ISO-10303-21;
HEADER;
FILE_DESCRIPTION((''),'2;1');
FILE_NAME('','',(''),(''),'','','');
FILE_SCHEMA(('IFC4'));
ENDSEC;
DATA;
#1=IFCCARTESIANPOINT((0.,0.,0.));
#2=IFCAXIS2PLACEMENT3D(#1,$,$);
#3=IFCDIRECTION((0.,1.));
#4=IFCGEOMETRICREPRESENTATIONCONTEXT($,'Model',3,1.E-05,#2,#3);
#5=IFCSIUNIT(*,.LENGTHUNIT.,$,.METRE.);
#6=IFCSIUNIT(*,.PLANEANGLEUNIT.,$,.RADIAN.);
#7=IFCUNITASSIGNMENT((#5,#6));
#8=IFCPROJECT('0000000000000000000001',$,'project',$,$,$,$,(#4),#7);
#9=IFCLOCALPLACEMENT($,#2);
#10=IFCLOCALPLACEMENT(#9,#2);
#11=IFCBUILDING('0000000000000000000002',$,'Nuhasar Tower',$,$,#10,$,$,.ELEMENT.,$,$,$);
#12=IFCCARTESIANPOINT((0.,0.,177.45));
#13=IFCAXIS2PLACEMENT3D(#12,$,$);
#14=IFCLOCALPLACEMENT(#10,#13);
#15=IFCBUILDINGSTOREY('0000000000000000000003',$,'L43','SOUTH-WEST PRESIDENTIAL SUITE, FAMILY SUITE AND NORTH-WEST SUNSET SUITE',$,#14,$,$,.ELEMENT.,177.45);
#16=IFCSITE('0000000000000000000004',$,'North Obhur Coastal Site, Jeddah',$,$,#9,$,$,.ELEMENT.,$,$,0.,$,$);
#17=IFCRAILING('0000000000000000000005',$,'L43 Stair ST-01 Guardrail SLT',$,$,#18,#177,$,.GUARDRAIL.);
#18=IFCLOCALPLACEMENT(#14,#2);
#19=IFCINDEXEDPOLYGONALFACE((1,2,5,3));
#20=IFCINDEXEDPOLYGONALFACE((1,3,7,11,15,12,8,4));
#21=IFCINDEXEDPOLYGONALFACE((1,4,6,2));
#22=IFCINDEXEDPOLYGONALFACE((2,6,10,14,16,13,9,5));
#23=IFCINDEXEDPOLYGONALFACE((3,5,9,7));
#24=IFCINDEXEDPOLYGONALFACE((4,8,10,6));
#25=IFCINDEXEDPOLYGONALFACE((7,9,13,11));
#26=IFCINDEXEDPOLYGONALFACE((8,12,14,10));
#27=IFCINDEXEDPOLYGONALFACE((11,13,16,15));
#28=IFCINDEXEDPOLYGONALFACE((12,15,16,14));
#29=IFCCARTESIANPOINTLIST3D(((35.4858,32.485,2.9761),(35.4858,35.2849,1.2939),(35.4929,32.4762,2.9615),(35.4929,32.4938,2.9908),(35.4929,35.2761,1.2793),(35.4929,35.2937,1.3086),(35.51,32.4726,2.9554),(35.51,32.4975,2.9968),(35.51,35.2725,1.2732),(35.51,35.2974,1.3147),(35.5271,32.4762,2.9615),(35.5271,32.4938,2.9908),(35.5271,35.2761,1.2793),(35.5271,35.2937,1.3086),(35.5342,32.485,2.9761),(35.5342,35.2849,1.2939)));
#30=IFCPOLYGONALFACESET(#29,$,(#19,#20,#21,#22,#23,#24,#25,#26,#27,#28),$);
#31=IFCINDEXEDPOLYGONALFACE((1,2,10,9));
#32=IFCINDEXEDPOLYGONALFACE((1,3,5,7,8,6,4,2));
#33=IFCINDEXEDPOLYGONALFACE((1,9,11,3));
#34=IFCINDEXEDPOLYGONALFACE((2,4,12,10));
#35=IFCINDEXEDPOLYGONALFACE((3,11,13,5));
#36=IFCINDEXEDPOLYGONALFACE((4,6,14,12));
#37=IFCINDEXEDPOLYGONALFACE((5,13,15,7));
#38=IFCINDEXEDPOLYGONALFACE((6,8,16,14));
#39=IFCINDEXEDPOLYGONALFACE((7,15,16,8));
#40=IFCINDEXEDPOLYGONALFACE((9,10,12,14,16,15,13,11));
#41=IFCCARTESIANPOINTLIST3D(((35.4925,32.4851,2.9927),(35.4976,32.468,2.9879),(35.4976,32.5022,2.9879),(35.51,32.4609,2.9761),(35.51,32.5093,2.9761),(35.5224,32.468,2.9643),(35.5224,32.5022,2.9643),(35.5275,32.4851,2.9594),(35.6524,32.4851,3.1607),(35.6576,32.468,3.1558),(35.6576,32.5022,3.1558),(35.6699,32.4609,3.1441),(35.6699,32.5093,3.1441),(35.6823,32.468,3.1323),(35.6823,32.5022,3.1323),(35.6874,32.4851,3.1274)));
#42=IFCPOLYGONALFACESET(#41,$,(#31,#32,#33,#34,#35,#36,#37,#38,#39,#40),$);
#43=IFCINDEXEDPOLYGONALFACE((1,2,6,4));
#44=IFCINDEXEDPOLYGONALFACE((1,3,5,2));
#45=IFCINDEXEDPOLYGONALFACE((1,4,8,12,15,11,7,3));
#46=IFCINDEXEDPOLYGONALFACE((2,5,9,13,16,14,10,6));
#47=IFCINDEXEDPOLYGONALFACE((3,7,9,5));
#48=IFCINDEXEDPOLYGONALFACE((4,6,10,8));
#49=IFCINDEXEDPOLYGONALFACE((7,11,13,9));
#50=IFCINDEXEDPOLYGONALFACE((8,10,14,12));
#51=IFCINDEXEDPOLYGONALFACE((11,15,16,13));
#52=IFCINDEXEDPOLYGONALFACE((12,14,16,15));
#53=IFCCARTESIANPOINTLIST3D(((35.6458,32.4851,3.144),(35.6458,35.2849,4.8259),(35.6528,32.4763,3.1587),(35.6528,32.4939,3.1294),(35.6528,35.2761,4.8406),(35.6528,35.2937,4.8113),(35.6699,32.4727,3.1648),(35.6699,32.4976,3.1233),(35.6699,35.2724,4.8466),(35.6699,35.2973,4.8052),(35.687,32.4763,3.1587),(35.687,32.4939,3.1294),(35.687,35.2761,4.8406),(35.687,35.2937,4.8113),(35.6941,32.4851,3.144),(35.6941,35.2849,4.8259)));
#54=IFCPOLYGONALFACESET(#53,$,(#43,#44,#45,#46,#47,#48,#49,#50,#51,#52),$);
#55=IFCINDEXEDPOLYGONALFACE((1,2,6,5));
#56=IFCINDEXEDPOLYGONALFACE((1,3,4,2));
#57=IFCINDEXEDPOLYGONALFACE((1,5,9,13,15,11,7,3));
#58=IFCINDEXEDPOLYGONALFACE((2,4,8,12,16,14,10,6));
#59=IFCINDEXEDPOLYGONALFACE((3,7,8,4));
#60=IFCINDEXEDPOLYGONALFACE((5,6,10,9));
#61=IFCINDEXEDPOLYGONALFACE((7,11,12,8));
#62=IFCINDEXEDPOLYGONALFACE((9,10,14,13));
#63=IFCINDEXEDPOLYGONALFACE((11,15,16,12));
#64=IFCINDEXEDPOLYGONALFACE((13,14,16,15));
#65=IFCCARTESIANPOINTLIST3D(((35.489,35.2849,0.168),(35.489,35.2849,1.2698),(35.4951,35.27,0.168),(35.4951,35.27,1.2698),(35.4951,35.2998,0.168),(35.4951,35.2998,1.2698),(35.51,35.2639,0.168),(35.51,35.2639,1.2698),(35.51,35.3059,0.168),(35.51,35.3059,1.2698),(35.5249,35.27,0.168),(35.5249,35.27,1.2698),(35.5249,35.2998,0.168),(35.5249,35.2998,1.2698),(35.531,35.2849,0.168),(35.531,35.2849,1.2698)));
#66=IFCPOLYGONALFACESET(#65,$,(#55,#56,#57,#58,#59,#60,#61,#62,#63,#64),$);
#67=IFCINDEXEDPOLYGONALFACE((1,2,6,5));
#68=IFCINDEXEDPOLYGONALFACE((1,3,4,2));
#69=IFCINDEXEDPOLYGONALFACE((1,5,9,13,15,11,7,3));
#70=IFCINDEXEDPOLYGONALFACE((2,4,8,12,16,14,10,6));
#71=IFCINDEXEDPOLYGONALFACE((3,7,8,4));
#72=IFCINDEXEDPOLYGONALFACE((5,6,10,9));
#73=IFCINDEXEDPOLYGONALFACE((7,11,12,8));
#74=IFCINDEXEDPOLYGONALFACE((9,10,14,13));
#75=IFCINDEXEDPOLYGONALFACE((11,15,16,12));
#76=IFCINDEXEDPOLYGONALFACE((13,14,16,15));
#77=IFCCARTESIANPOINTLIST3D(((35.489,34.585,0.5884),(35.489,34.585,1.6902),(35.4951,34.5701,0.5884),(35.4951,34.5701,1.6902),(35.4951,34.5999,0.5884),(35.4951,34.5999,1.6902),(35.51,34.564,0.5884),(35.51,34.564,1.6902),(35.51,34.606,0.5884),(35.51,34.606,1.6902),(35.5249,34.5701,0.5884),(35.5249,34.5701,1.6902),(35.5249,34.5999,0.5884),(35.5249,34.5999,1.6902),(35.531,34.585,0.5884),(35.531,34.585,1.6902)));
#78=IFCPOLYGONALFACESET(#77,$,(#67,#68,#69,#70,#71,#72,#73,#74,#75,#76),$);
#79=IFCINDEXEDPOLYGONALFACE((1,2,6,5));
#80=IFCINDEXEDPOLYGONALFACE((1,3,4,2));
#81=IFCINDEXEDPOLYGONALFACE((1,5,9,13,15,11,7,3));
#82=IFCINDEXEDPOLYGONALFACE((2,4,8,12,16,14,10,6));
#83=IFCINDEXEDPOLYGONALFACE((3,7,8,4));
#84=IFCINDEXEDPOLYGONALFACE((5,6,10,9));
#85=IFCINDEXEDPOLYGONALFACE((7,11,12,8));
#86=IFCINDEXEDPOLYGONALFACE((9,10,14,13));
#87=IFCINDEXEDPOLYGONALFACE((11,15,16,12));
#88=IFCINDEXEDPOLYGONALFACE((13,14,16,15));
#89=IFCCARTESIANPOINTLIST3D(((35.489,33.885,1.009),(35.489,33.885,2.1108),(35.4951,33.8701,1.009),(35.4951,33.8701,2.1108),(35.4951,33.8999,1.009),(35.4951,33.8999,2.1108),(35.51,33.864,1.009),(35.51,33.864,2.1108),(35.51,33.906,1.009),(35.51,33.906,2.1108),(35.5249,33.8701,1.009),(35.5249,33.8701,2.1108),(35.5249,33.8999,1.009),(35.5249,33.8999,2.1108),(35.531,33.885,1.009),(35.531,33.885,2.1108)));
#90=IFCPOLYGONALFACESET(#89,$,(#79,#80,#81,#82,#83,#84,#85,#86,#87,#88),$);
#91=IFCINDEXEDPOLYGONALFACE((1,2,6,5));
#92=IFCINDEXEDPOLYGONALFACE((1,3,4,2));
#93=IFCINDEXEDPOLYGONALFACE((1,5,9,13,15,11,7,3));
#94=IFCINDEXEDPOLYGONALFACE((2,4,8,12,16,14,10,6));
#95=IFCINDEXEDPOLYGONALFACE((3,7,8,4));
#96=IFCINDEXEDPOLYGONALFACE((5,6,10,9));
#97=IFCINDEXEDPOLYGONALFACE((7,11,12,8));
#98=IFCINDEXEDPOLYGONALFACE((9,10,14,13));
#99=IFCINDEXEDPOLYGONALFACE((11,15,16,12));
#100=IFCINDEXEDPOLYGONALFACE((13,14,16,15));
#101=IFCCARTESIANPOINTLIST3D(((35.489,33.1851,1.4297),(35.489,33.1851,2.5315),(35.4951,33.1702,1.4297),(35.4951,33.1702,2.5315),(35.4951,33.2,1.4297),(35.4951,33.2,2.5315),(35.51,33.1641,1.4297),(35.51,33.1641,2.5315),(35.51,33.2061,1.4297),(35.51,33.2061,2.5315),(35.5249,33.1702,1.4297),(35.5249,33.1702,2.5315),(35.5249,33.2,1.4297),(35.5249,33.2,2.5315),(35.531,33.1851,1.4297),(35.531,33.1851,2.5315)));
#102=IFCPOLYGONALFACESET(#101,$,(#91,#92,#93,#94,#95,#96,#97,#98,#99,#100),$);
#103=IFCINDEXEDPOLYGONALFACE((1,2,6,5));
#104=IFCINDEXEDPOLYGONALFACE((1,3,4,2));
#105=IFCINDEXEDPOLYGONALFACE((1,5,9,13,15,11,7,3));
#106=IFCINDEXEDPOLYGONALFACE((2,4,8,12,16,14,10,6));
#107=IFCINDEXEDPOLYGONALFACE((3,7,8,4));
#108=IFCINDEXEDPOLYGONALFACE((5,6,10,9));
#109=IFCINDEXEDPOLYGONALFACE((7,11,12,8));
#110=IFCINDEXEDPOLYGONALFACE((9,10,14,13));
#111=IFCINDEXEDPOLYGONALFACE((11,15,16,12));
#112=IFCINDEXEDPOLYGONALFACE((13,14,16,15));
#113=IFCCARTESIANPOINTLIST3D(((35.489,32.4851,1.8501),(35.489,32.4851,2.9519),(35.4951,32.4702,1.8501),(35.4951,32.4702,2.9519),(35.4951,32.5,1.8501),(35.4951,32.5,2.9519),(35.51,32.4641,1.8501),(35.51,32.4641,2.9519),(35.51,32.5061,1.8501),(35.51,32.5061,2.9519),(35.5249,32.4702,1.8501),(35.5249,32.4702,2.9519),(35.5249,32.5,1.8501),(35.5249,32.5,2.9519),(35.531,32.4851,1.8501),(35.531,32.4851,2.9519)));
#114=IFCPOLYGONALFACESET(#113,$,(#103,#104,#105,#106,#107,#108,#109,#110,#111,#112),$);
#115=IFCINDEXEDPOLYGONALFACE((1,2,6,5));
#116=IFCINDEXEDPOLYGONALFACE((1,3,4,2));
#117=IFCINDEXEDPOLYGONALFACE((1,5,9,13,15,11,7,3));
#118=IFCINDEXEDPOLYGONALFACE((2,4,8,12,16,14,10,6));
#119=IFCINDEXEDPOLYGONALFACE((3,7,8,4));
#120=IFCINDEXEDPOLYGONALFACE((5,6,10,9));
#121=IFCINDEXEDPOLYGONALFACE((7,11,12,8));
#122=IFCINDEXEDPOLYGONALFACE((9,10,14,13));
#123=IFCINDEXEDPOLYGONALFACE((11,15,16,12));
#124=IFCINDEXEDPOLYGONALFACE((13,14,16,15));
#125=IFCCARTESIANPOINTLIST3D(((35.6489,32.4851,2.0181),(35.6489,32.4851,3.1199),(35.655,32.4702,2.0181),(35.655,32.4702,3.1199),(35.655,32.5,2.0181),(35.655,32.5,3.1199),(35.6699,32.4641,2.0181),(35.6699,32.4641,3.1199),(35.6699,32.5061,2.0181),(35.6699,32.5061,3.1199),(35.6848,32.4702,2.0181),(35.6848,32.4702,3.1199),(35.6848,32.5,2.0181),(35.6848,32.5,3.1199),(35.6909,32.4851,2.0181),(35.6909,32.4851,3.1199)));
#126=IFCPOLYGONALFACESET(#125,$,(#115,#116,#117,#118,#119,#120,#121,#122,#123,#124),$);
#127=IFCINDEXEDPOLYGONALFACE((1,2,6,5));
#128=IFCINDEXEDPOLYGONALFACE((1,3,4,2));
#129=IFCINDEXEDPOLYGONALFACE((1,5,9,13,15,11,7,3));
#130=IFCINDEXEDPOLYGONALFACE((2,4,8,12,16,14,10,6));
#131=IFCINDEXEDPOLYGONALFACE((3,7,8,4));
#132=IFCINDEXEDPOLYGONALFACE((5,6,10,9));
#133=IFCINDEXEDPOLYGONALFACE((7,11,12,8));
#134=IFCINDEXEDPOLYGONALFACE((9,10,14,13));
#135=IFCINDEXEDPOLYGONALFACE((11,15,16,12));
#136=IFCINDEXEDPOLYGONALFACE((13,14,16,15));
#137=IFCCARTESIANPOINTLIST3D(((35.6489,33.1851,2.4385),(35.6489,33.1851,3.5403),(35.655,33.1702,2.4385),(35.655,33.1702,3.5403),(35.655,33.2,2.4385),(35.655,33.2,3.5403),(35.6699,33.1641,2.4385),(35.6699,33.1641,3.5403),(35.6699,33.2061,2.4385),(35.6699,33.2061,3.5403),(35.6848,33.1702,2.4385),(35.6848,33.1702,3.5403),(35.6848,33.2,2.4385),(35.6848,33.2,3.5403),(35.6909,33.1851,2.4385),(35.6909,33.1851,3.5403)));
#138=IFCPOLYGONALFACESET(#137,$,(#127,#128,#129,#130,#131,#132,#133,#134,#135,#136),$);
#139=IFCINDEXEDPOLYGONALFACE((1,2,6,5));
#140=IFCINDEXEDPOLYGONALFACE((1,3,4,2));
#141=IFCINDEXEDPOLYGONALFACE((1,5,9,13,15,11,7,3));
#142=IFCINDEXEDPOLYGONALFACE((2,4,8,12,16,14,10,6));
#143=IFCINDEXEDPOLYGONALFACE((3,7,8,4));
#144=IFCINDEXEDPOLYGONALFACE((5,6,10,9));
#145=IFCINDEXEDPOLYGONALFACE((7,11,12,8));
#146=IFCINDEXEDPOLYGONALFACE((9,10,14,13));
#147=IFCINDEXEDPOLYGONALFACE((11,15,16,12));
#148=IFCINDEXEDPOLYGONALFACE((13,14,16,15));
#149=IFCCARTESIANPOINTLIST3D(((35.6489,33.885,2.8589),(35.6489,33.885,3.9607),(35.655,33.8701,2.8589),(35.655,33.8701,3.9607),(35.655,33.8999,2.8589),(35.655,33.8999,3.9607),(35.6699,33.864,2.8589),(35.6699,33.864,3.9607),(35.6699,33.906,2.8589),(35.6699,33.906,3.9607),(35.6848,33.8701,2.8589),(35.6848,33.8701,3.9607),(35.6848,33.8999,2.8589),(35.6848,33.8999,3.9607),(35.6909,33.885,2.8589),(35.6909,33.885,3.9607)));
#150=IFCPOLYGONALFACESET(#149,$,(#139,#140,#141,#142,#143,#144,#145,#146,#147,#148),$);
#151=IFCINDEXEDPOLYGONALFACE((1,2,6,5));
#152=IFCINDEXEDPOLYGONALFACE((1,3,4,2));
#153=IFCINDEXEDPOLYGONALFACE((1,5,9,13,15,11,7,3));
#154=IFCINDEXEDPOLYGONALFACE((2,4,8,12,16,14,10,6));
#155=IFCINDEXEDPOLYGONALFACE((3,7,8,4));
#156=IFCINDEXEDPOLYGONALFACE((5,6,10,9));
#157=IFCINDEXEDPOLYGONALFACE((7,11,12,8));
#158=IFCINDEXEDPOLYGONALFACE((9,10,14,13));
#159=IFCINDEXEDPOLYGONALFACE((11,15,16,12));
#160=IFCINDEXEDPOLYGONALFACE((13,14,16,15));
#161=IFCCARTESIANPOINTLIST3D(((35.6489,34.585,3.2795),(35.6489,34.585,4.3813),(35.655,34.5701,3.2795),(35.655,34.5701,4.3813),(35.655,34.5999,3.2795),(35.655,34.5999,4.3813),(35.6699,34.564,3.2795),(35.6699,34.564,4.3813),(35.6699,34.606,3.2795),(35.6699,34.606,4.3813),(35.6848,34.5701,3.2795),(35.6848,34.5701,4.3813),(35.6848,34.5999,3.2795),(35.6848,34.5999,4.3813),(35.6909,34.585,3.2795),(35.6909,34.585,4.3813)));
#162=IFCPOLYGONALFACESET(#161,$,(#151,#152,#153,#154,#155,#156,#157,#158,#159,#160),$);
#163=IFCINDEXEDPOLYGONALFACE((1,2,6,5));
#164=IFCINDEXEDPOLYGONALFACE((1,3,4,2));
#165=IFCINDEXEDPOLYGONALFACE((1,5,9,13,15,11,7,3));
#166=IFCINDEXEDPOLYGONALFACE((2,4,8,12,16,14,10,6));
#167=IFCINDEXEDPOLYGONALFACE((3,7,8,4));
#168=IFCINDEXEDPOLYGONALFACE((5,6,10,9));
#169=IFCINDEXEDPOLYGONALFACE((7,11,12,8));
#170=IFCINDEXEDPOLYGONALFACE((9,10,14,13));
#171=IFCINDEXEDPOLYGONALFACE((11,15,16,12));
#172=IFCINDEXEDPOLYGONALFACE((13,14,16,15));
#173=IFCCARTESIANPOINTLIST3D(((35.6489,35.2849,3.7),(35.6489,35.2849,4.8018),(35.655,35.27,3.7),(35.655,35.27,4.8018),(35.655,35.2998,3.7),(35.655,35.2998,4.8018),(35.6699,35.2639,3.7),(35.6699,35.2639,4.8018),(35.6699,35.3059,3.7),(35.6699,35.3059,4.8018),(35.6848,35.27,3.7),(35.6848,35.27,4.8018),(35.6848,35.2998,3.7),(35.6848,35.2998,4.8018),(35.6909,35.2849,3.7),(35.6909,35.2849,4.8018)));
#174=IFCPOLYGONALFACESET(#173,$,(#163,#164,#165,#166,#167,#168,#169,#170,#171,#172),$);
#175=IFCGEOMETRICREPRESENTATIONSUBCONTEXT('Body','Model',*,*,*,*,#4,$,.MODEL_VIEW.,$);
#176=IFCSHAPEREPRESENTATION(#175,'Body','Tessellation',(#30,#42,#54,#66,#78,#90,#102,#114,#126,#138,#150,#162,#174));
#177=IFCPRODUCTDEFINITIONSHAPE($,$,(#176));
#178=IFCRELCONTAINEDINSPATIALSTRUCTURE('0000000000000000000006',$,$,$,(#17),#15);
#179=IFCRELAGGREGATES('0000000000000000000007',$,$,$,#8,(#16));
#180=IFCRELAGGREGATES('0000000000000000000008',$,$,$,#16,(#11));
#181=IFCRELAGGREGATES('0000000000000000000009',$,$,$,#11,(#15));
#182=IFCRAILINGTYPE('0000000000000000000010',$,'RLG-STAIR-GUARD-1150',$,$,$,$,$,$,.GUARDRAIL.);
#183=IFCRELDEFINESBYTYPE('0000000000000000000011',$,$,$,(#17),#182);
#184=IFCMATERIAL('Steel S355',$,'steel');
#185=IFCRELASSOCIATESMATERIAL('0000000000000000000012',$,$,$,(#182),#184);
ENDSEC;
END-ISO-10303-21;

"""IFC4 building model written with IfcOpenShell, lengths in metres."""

from ifc_helpers import new_model, si_unit, direction, frame, origin, place, context, subcontext, project, spatial, polyline, outline, extrude, material, type_object, element, save


model = new_model("IFC4")

# Units and contexts
model_context = context("Model", 3, precision=1e-05, world=origin(), true_north=direction((0.0, 1.0)))
body_context = subcontext(model_context, "Body", "Model", "MODEL_VIEW")
ifc_project = project(units=[si_unit("LENGTHUNIT", "METRE"), si_unit("PLANEANGLEUNIT", "RADIAN")], contexts=[model_context])

# Site, building, storey
site_placement = place(None, origin())
site = spatial("IfcSite", under=ifc_project, at=site_placement, Name="North Obhur Coastal Site, Jeddah", CompositionType="ELEMENT", RefElevation=0.0)
building_placement = place(site_placement, origin())
building = spatial("IfcBuilding", under=site, at=building_placement, Name="Nuhasar Tower", CompositionType="ELEMENT")
storey_placement = place(building_placement, frame((0.0, 0.0, 177.45)))
storey = spatial("IfcBuildingStorey", under=building, at=storey_placement, Name="L43", Description="SOUTH-WEST PRESIDENTIAL SUITE, FAMILY SUITE AND NORTH-WEST SUNSET SUITE", CompositionType="ELEMENT", Elevation=177.45)

# Shared definitions
ifc_material_1 = material(Name="Steel S355", Category="steel")

# Railing
railing_type_1 = type_object("IfcRailingType", Name="RLG-STAIR-GUARD-1150", PredefinedType="GUARDRAIL", material=ifc_material_1)
railing_1_placement = place(storey_placement, frame((35.51, 35.2849, 0.168)))
element("IfcRailing", 1, at=railing_1_placement, inside=storey, type_object=railing_type_1, Name="L43 Stair ST-01 Guardrail SLT", PredefinedType="GUARDRAIL", context=body_context, shape_type="SweptSolid", body=[
    extrude(outline(polyline([(0.0242, 0.0), (0.0171, 0.0171), (0.0, 0.0242), (-0.0171, 0.0171), (-0.0242, 0.0), (-0.0171, -0.0171), (0.0, -0.0242), (0.0171, -0.0171), (0.0242, 0.0)])), frame((0.0, 0.0, 1.126), z_axis=(0.0, -0.857189, 0.515001), x_axis=(1.0, 0.0, 0.0)), (0.0, 0.0, 1.0), 3.2664),
    extrude(outline(polyline([(0.0242, 0.0), (0.0171, 0.0171), (0.0, 0.0242), (-0.0171, 0.0171), (-0.0242, 0.0), (-0.0171, -0.0171), (0.0, -0.0242), (0.0171, -0.0171), (0.0242, 0.0)])), frame((0.0, -2.7998, 2.8081), z_axis=(0.689524, 0.0, 0.724263), x_axis=(0.0, 1.0, 0.0)), (0.0, 0.0, 1.0), 0.2319),
    extrude(outline(polyline([(0.0242, 0.0), (0.0171, 0.0171), (0.0, 0.0242), (-0.0171, 0.0171), (-0.0242, 0.0), (-0.0171, -0.0171), (0.0, -0.0242), (0.0171, -0.0171), (0.0242, 0.0)])), frame((0.1599, -2.7998, 2.9761), z_axis=(0.0, 0.857222, 0.514946), x_axis=(-1.0, 0.0, 0.0)), (0.0, 0.0, 1.0), 3.2661),
    extrude(outline(polyline([(0.021, 0.0), (0.0149, 0.0149), (0.0, 0.021), (-0.0149, 0.0149), (-0.021, 0.0), (-0.0149, -0.0149), (0.0, -0.021), (0.0149, -0.0149), (0.021, 0.0)])), origin(), (0.0, 0.0, 1.0), 1.1018),
    extrude(outline(polyline([(0.021, 0.0), (0.0149, 0.0149), (0.0, 0.021), (-0.0149, 0.0149), (-0.021, 0.0), (-0.0149, -0.0149), (0.0, -0.021), (0.0149, -0.0149), (0.021, 0.0)])), frame((0.0, -0.7, 0.4204)), (0.0, 0.0, 1.0), 1.1018),
    extrude(outline(polyline([(0.021, 0.0), (0.0149, 0.0149), (0.0, 0.021), (-0.0149, 0.0149), (-0.021, 0.0), (-0.0149, -0.0149), (0.0, -0.021), (0.0149, -0.0149), (0.021, 0.0)])), frame((0.0, -1.3999, 0.8411)), (0.0, 0.0, 1.0), 1.1018),
    extrude(outline(polyline([(0.021, 0.0), (0.0149, 0.0149), (0.0, 0.021), (-0.0149, 0.0149), (-0.021, 0.0), (-0.0149, -0.0149), (0.0, -0.021), (0.0149, -0.0149), (0.021, 0.0)])), frame((0.0, -2.0999, 1.2617)), (0.0, 0.0, 1.0), 1.1018),
    extrude(outline(polyline([(0.021, 0.0), (0.0149, 0.0149), (0.0, 0.021), (-0.0149, 0.0149), (-0.021, 0.0), (-0.0149, -0.0149), (0.0, -0.021), (0.0149, -0.0149), (0.021, 0.0)])), frame((0.0, -2.7998, 1.6821)), (0.0, 0.0, 1.0), 1.1018),
    extrude(outline(polyline([(0.021, 0.0), (0.0149, 0.0149), (0.0, 0.021), (-0.0149, 0.0149), (-0.021, 0.0), (-0.0149, -0.0149), (0.0, -0.021), (0.0149, -0.0149), (0.021, 0.0)])), frame((0.1599, -2.7998, 1.8501)), (0.0, 0.0, 1.0), 1.1018),
    extrude(outline(polyline([(0.021, 0.0), (0.0149, 0.0149), (0.0, 0.021), (-0.0149, 0.0149), (-0.021, 0.0), (-0.0149, -0.0149), (0.0, -0.021), (0.0149, -0.0149), (0.021, 0.0)])), frame((0.1599, -2.0999, 2.2705)), (0.0, 0.0, 1.0), 1.1018),
    extrude(outline(polyline([(0.021, 0.0), (0.0149, 0.0149), (0.0, 0.021), (-0.0149, 0.0149), (-0.021, 0.0), (-0.0149, -0.0149), (0.0, -0.021), (0.0149, -0.0149), (0.021, 0.0)])), frame((0.1599, -1.3999, 2.6909)), (0.0, 0.0, 1.0), 1.1018),
    extrude(outline(polyline([(0.021, 0.0), (0.0149, 0.0149), (0.0, 0.021), (-0.0149, 0.0149), (-0.021, 0.0), (-0.0149, -0.0149), (0.0, -0.021), (0.0149, -0.0149), (0.021, 0.0)])), frame((0.1599, -0.7, 3.1116)), (0.0, 0.0, 1.0), 1.1018),
    extrude(outline(polyline([(0.021, 0.0), (0.0149, 0.0149), (0.0, 0.021), (-0.0149, 0.0149), (-0.021, 0.0), (-0.0149, -0.0149), (0.0, -0.021), (0.0149, -0.0149), (0.021, 0.0)])), frame((0.1599, 0.0, 3.532)), (0.0, 0.0, 1.0), 1.1018),
])

save(model, "model.ifc")
